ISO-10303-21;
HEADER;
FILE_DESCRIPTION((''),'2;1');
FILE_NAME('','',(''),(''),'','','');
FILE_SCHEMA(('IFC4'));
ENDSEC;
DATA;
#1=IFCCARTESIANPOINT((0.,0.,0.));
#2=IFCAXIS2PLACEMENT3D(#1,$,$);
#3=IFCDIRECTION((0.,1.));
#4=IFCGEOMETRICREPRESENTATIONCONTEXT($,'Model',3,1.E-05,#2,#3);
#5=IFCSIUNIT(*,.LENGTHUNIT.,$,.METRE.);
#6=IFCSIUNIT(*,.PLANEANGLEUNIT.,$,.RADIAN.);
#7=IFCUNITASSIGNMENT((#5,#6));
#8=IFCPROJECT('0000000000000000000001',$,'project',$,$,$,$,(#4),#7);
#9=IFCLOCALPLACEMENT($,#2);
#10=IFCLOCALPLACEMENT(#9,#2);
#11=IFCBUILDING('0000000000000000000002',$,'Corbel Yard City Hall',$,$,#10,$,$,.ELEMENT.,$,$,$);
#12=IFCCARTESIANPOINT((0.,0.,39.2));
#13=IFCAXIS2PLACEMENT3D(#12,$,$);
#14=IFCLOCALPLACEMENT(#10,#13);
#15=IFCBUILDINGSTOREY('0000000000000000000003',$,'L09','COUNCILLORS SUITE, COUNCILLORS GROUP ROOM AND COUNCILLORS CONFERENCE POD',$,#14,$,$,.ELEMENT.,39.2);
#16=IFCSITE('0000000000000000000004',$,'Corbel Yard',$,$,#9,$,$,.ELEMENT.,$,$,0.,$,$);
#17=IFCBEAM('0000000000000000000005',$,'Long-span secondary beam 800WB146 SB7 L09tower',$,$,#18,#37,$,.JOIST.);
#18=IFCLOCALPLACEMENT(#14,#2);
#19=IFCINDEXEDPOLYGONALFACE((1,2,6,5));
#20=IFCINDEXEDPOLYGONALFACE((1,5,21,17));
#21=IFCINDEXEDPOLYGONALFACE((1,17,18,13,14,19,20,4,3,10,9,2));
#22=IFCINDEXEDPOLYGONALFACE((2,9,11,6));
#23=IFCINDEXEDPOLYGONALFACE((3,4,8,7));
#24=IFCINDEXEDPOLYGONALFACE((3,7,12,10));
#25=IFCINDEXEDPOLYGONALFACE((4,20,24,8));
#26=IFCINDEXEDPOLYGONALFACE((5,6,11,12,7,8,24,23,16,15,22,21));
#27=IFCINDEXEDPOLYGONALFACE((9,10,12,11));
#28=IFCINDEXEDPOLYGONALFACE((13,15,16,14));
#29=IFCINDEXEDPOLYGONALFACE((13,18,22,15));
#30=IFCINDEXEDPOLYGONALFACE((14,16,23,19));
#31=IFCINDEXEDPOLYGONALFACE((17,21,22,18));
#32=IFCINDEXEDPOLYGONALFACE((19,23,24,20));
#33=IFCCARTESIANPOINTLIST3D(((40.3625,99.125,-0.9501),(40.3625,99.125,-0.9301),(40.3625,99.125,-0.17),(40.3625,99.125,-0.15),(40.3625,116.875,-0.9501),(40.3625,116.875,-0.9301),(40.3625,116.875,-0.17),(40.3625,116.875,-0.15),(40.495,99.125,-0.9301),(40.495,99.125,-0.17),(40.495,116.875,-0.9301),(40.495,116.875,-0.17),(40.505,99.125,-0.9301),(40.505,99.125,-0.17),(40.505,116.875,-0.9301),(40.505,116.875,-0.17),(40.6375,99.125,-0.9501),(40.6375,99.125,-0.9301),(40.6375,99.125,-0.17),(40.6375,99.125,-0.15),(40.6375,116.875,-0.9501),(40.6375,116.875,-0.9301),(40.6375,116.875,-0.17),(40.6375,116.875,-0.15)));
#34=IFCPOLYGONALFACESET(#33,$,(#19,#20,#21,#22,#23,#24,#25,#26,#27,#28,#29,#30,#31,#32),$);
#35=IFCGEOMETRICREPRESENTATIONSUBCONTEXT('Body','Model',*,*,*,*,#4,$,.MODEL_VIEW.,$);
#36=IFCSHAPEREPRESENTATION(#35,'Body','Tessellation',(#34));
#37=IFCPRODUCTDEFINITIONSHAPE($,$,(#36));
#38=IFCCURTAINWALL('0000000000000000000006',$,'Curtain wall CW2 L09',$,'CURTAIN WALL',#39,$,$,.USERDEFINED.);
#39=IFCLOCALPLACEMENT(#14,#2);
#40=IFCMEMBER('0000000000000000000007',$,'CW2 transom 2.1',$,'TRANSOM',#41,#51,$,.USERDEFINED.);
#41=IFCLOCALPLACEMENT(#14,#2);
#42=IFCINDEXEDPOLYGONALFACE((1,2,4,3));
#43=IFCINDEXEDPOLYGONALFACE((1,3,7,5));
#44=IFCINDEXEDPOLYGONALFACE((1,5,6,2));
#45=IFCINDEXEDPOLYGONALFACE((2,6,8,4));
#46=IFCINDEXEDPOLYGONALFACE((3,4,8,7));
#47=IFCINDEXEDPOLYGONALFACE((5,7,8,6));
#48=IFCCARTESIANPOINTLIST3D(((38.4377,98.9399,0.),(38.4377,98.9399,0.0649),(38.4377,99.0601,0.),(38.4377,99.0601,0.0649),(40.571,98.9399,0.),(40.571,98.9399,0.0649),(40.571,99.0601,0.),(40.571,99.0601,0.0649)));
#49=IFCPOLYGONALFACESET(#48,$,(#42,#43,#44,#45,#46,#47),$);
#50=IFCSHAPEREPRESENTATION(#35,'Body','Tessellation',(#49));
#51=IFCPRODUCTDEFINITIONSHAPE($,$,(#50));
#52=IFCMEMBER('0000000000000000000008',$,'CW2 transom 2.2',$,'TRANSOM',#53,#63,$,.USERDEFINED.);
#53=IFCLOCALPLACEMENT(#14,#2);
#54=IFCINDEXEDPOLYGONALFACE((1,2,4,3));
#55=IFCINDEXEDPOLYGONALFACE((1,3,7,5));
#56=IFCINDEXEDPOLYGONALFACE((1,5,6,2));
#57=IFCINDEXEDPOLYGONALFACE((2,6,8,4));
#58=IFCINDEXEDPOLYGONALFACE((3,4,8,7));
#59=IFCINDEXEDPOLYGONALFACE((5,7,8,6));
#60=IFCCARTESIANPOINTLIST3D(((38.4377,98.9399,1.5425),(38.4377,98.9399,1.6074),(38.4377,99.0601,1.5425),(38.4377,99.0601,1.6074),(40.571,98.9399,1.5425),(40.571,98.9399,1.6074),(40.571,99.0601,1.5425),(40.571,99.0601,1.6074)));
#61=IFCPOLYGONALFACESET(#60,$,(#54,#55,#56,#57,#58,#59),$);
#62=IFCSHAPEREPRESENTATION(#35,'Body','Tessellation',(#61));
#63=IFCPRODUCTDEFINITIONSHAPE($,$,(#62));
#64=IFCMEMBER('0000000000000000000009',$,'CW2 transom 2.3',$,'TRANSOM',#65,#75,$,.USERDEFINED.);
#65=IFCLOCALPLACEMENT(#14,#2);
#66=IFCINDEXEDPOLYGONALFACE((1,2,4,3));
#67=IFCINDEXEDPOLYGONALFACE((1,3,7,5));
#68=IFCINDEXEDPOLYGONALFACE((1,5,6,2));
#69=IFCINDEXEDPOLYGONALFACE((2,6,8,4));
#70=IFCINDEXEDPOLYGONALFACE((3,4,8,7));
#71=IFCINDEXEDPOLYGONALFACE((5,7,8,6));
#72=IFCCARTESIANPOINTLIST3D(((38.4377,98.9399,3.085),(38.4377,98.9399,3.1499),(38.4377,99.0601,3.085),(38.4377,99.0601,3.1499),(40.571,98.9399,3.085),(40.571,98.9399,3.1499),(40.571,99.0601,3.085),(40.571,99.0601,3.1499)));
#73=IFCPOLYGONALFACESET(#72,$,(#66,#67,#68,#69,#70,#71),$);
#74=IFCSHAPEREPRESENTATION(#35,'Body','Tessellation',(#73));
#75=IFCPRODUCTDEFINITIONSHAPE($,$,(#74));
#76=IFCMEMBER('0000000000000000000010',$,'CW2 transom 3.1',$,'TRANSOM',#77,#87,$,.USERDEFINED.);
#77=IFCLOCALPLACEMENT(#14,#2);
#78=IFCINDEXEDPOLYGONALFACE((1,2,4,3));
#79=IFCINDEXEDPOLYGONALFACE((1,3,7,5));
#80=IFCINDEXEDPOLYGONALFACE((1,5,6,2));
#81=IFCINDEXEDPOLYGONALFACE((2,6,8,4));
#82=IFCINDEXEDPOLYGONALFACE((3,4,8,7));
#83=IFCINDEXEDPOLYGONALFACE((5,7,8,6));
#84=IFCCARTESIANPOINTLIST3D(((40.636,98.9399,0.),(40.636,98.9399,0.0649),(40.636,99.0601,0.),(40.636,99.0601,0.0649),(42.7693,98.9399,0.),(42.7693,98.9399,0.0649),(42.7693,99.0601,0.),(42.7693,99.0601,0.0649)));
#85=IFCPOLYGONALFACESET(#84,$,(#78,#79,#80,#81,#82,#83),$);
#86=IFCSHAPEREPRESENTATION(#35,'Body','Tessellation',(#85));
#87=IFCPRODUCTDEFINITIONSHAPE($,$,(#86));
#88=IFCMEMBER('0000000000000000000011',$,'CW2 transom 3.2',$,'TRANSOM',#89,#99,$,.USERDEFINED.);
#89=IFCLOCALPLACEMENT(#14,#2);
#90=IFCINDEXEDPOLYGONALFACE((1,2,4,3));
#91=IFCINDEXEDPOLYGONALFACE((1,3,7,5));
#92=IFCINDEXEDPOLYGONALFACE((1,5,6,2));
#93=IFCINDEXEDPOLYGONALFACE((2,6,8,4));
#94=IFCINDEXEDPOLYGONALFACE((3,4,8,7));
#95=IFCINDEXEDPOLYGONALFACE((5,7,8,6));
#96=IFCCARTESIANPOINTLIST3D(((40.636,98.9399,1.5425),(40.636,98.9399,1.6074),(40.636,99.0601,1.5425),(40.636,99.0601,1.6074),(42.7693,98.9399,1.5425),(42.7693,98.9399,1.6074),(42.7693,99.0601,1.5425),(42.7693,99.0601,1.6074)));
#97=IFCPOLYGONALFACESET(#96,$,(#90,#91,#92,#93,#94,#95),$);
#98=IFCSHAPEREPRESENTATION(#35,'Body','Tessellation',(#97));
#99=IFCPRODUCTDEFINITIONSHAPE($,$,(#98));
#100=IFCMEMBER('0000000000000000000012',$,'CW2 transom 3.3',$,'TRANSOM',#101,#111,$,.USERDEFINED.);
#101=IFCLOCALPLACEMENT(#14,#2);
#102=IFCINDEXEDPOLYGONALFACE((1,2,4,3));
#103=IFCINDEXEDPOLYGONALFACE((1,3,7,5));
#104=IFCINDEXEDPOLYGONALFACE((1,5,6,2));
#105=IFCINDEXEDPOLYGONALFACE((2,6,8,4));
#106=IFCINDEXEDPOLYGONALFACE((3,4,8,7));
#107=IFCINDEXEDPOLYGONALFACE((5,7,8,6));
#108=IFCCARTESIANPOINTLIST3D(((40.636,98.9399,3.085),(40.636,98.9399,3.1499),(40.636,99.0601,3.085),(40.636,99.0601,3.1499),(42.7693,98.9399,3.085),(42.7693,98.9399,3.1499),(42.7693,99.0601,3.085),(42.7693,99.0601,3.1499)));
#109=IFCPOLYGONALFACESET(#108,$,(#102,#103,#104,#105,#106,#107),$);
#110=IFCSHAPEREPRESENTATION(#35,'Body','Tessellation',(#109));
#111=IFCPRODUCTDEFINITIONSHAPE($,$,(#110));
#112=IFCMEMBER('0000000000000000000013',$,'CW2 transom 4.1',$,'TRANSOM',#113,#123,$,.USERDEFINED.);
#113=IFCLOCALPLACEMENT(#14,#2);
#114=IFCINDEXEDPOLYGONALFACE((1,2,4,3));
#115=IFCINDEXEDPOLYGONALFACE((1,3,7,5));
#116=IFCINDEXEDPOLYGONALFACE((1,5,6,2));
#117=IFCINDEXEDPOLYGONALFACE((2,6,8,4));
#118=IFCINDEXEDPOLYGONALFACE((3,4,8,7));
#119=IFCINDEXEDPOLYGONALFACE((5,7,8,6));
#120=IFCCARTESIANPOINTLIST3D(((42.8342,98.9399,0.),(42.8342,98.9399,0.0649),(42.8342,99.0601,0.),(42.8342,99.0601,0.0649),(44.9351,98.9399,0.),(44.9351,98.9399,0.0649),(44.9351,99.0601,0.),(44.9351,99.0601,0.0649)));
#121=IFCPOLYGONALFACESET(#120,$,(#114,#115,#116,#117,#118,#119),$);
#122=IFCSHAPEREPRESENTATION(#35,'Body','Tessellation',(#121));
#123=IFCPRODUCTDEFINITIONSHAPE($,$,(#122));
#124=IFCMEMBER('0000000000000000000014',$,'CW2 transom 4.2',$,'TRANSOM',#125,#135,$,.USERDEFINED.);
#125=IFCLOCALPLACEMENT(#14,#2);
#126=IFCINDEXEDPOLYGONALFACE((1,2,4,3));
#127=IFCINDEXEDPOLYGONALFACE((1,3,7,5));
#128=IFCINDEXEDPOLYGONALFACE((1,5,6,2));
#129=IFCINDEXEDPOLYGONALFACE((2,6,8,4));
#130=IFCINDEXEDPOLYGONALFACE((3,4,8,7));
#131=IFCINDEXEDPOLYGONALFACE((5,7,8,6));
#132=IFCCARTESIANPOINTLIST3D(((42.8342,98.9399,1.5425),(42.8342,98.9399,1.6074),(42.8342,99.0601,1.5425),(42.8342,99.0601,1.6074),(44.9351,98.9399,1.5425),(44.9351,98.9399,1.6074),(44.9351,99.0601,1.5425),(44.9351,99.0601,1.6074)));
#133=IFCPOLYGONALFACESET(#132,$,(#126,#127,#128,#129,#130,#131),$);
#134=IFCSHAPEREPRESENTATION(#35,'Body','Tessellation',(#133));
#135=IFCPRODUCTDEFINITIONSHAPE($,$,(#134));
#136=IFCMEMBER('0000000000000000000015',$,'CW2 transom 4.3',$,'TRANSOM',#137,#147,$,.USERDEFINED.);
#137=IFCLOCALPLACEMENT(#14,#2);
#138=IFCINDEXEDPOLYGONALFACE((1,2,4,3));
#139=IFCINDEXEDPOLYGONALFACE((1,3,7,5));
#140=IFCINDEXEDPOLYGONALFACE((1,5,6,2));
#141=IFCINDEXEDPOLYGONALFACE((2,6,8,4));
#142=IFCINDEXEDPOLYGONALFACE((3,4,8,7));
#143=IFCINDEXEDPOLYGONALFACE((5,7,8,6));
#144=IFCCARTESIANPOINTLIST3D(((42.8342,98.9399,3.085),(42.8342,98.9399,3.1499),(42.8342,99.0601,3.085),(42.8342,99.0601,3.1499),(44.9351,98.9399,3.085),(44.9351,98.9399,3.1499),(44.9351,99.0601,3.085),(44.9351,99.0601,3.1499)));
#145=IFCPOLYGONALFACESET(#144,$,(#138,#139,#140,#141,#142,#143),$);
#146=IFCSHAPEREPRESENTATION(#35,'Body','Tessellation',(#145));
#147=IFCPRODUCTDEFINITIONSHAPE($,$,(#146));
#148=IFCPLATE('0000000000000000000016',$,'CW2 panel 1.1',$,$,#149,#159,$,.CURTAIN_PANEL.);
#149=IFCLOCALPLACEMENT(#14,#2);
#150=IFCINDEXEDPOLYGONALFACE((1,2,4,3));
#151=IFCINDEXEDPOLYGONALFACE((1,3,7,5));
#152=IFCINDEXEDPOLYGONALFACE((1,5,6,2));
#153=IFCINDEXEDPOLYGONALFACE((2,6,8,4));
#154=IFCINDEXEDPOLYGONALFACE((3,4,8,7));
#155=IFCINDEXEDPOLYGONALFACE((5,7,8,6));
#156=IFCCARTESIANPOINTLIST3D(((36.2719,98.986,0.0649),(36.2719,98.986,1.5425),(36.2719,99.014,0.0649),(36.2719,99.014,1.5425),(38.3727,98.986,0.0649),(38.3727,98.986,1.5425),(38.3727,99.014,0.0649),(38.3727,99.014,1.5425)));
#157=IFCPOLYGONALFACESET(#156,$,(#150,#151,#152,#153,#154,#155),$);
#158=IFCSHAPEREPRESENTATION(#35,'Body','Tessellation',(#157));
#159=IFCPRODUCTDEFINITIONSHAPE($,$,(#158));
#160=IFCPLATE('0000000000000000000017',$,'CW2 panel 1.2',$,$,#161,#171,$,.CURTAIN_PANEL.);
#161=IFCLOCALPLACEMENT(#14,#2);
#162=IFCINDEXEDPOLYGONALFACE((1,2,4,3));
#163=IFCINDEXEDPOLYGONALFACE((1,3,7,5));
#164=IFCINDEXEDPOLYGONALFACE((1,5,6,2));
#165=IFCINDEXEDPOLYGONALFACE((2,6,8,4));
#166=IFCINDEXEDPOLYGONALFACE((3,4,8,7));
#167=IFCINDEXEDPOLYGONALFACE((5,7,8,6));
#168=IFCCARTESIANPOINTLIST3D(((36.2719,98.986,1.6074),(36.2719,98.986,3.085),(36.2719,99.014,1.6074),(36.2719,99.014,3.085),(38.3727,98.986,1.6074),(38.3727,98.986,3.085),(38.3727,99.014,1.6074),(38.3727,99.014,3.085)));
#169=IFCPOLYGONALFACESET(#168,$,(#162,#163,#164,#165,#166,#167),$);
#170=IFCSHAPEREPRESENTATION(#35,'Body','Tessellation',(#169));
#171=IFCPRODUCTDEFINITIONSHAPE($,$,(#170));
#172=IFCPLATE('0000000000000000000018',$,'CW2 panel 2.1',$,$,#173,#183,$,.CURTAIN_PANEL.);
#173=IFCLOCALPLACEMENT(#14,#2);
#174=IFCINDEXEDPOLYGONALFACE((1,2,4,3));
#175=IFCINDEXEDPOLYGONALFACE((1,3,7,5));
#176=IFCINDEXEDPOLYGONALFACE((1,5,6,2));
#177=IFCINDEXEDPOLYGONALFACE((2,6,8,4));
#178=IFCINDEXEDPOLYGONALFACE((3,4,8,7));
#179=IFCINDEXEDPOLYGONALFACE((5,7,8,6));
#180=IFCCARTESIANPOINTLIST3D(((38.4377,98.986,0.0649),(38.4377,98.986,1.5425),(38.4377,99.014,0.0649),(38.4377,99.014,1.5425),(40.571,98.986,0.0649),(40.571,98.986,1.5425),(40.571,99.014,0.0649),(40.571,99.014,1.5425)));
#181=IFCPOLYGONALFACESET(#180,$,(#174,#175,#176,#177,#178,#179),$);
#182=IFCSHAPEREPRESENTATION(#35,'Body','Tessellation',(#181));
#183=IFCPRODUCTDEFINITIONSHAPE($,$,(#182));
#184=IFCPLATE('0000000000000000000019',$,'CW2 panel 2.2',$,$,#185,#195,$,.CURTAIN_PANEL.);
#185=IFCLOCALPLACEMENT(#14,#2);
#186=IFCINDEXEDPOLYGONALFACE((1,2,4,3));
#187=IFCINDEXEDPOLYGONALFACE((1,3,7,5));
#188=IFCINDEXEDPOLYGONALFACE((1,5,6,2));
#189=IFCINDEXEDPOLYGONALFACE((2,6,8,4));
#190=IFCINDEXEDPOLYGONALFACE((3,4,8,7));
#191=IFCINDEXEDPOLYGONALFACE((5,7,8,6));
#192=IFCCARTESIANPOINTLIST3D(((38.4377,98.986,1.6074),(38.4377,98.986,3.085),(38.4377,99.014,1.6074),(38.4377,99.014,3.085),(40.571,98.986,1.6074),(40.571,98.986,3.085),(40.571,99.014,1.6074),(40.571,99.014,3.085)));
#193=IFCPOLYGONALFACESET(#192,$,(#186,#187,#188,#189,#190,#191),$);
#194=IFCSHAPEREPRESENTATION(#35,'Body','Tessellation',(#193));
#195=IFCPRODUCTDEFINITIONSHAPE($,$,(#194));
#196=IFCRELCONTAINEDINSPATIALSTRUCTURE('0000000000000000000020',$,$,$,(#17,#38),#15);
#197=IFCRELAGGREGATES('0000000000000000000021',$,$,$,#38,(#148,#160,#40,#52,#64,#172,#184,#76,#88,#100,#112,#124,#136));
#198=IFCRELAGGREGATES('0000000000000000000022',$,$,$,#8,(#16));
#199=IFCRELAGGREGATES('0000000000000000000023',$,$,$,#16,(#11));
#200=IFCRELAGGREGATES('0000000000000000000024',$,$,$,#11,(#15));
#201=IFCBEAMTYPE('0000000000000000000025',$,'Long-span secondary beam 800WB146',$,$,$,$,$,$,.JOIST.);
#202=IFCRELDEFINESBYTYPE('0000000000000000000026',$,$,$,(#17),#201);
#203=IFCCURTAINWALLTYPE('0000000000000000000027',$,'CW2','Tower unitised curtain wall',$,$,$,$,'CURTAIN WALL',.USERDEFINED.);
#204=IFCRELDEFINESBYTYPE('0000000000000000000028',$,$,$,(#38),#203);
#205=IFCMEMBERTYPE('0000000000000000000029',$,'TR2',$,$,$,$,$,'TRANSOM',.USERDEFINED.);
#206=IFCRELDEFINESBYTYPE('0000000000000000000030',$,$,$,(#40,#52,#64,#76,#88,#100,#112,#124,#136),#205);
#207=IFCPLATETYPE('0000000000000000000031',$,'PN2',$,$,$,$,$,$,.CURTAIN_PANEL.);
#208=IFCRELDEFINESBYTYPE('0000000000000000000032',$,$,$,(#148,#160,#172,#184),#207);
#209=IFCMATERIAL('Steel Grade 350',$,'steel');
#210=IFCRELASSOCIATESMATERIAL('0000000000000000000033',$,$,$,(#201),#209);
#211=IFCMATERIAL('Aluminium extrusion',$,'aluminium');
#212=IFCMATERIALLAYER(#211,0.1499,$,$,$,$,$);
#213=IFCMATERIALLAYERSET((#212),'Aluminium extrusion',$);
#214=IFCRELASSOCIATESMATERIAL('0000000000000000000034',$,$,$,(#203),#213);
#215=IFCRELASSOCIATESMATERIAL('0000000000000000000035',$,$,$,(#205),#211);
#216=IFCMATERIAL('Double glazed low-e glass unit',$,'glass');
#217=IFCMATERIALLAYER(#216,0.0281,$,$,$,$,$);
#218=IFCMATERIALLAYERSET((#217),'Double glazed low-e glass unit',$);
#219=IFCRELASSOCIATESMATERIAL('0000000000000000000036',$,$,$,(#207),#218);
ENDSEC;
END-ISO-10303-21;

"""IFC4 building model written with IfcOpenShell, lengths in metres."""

from ifc_helpers import new_model, si_unit, direction, frame, origin, origin_2d, place, context, subcontext, project, spatial, rectangle, i_section, extrude, material, layer, layer_set, material_profile, profile_set, type_object, element, aggregate, save


model = new_model("IFC4")

# Units and contexts
model_context = context("Model", 3, precision=1e-05, world=origin(), true_north=direction((0.0, 1.0)))
body_context = subcontext(model_context, "Body", "Model", "MODEL_VIEW")
ifc_project = project(units=[si_unit("LENGTHUNIT", "METRE"), si_unit("PLANEANGLEUNIT", "RADIAN")], contexts=[model_context])

# Site, building, storey
site_placement = place(None, origin())
site = spatial("IfcSite", under=ifc_project, at=site_placement, Name="Corbel Yard", CompositionType="ELEMENT", RefElevation=0.0)
building_placement = place(site_placement, origin())
building = spatial("IfcBuilding", under=site, at=building_placement, Name="Corbel Yard City Hall", CompositionType="ELEMENT")
storey_placement = place(building_placement, frame((0.0, 0.0, 39.2)))
storey = spatial("IfcBuildingStorey", under=building, at=storey_placement, Name="L09", Description="COUNCILLORS SUITE, COUNCILLORS GROUP ROOM AND COUNCILLORS CONFERENCE POD", CompositionType="ELEMENT", Elevation=39.2)

# Beam
ifc_material_1 = material(Name="Steel Grade 350", Category="steel")
ifc_material_profile_1 = material_profile(ifc_material_1, i_section(OverallWidth=0.2749, OverallDepth=0.8, WebThickness=0.01, FlangeThickness=0.02, at=origin_2d()), Name="800WB146")
ifc_profile_set_1 = profile_set([ifc_material_profile_1], Name="Steel Grade 350")
beam_type = type_object("IfcBeamType", Name="Long-span secondary beam 800WB146", PredefinedType="JOIST", material=ifc_profile_set_1)
beam_placement = place(storey_placement, frame((40.5, 99.125, -0.55), z_axis=(0.0, 1.0, 0.0), x_axis=(-1.0, 0.0, 0.0)))
element("IfcBeam", 1, at=beam_placement, inside=storey, type_object=beam_type, Name="Long-span secondary beam 800WB146 SB7 L09tower", PredefinedType="JOIST", context=body_context, shape_type="SweptSolid", body=[
    extrude(i_section(OverallWidth=0.2749, OverallDepth=0.8, WebThickness=0.01, FlangeThickness=0.02, at=origin_2d()), origin(), (0.0, 0.0, 1.0), 17.75),
])

# Curtain wall, members, plates
ifc_material_2 = material(Name="Aluminium extrusion", Category="aluminium")
ifc_layer_1 = layer(ifc_material_2, 0.1499)
ifc_layer_set_1 = layer_set([ifc_layer_1], Name="Aluminium extrusion")
curtain_wall_type = type_object("IfcCurtainWallType", Name="CW2", Description="Tower unitised curtain wall", ElementType="CURTAIN WALL", PredefinedType="USERDEFINED", material=ifc_layer_set_1)
curtain_wall_placement = place(storey_placement, origin())
curtain_wall = element("IfcCurtainWall", 2, at=curtain_wall_placement, inside=storey, type_object=curtain_wall_type, Name="Curtain wall CW2 L09", ObjectType="CURTAIN WALL", PredefinedType="USERDEFINED")
ifc_material_profile_2 = material_profile(ifc_material_2, rectangle(XDim=0.1201, YDim=0.0649, at=origin_2d()), Name="120x65")
ifc_profile_set_2 = profile_set([ifc_material_profile_2], Name="Aluminium extrusion")
member_type = type_object("IfcMemberType", Name="TR2", ElementType="TRANSOM", PredefinedType="USERDEFINED", material=ifc_profile_set_2)
member_1_placement = place(storey_placement, frame((38.4377, 99.0, 0.0325), z_axis=(1.0, 0.0, 0.0), x_axis=(0.0, 1.0, 0.0)))
member_1 = element("IfcMember", 3, at=member_1_placement, type_object=member_type, Name="CW2 transom 2.1", ObjectType="TRANSOM", PredefinedType="USERDEFINED", context=body_context, shape_type="SweptSolid", body=[
    extrude(rectangle(XDim=0.1201, YDim=0.0649, at=origin_2d()), origin(), (0.0, 0.0, 1.0), 2.1333),
])
member_2_placement = place(storey_placement, frame((38.4377, 99.0, 1.575), z_axis=(1.0, 0.0, 0.0), x_axis=(0.0, 1.0, 0.0)))
member_2 = element("IfcMember", 4, at=member_2_placement, type_object=member_type, Name="CW2 transom 2.2", ObjectType="TRANSOM", PredefinedType="USERDEFINED", context=body_context, shape_type="SweptSolid", body=[
    extrude(rectangle(XDim=0.1201, YDim=0.0649, at=origin_2d()), origin(), (0.0, 0.0, 1.0), 2.1333),
])
member_3_placement = place(storey_placement, frame((38.4377, 99.0, 3.1174), z_axis=(1.0, 0.0, 0.0), x_axis=(0.0, 1.0, 0.0)))
member_3 = element("IfcMember", 5, at=member_3_placement, type_object=member_type, Name="CW2 transom 2.3", ObjectType="TRANSOM", PredefinedType="USERDEFINED", context=body_context, shape_type="SweptSolid", body=[
    extrude(rectangle(XDim=0.1201, YDim=0.0649, at=origin_2d()), origin(), (0.0, 0.0, 1.0), 2.1333),
])
member_4_placement = place(storey_placement, frame((40.636, 99.0, 0.0325), z_axis=(1.0, 0.0, 0.0), x_axis=(0.0, 1.0, 0.0)))
member_4 = element("IfcMember", 6, at=member_4_placement, type_object=member_type, Name="CW2 transom 3.1", ObjectType="TRANSOM", PredefinedType="USERDEFINED", context=body_context, shape_type="SweptSolid", body=[
    extrude(rectangle(XDim=0.1201, YDim=0.0649, at=origin_2d()), origin(), (0.0, 0.0, 1.0), 2.1333),
])
member_5_placement = place(storey_placement, frame((40.636, 99.0, 1.575), z_axis=(1.0, 0.0, 0.0), x_axis=(0.0, 1.0, 0.0)))
member_5 = element("IfcMember", 7, at=member_5_placement, type_object=member_type, Name="CW2 transom 3.2", ObjectType="TRANSOM", PredefinedType="USERDEFINED", context=body_context, shape_type="SweptSolid", body=[
    extrude(rectangle(XDim=0.1201, YDim=0.0649, at=origin_2d()), origin(), (0.0, 0.0, 1.0), 2.1333),
])
member_6_placement = place(storey_placement, frame((40.636, 99.0, 3.1174), z_axis=(1.0, 0.0, 0.0), x_axis=(0.0, 1.0, 0.0)))
member_6 = element("IfcMember", 8, at=member_6_placement, type_object=member_type, Name="CW2 transom 3.3", ObjectType="TRANSOM", PredefinedType="USERDEFINED", context=body_context, shape_type="SweptSolid", body=[
    extrude(rectangle(XDim=0.1201, YDim=0.0649, at=origin_2d()), origin(), (0.0, 0.0, 1.0), 2.1333),
])
member_7_placement = place(storey_placement, frame((42.8342, 99.0, 0.0325), z_axis=(1.0, 0.0, 0.0), x_axis=(0.0, 1.0, 0.0)))
member_7 = element("IfcMember", 9, at=member_7_placement, type_object=member_type, Name="CW2 transom 4.1", ObjectType="TRANSOM", PredefinedType="USERDEFINED", context=body_context, shape_type="SweptSolid", body=[
    extrude(rectangle(XDim=0.1201, YDim=0.0649, at=origin_2d()), origin(), (0.0, 0.0, 1.0), 2.1008),
])
member_8_placement = place(storey_placement, frame((42.8342, 99.0, 1.575), z_axis=(1.0, 0.0, 0.0), x_axis=(0.0, 1.0, 0.0)))
member_8 = element("IfcMember", 10, at=member_8_placement, type_object=member_type, Name="CW2 transom 4.2", ObjectType="TRANSOM", PredefinedType="USERDEFINED", context=body_context, shape_type="SweptSolid", body=[
    extrude(rectangle(XDim=0.1201, YDim=0.0649, at=origin_2d()), origin(), (0.0, 0.0, 1.0), 2.1008),
])
member_9_placement = place(storey_placement, frame((42.8342, 99.0, 3.1174), z_axis=(1.0, 0.0, 0.0), x_axis=(0.0, 1.0, 0.0)))
member_9 = element("IfcMember", 11, at=member_9_placement, type_object=member_type, Name="CW2 transom 4.3", ObjectType="TRANSOM", PredefinedType="USERDEFINED", context=body_context, shape_type="SweptSolid", body=[
    extrude(rectangle(XDim=0.1201, YDim=0.0649, at=origin_2d()), origin(), (0.0, 0.0, 1.0), 2.1008),
])
ifc_material_3 = material(Name="Double glazed low-e glass unit", Category="glass")
ifc_layer_2 = layer(ifc_material_3, 0.0281)
ifc_layer_set_2 = layer_set([ifc_layer_2], Name="Double glazed low-e glass unit")
plate_type = type_object("IfcPlateType", Name="PN2", PredefinedType="CURTAIN_PANEL", material=ifc_layer_set_2)
plate_1_placement = place(storey_placement, frame((37.3223, 99.0, 0.0649), z_axis=(0.0, 0.0, 1.0), x_axis=(1.0, 0.0, 0.0)))
plate_1 = element("IfcPlate", 12, at=plate_1_placement, type_object=plate_type, Name="CW2 panel 1.1", PredefinedType="CURTAIN_PANEL", context=body_context, shape_type="SweptSolid", body=[
    extrude(rectangle(XDim=2.1008, YDim=0.0281, at=origin_2d()), origin(), (0.0, 0.0, 1.0), 1.4775),
])
plate_2_placement = place(storey_placement, frame((37.3223, 99.0, 1.6074), z_axis=(0.0, 0.0, 1.0), x_axis=(1.0, 0.0, 0.0)))
plate_2 = element("IfcPlate", 13, at=plate_2_placement, type_object=plate_type, Name="CW2 panel 1.2", PredefinedType="CURTAIN_PANEL", context=body_context, shape_type="SweptSolid", body=[
    extrude(rectangle(XDim=2.1008, YDim=0.0281, at=origin_2d()), origin(), (0.0, 0.0, 1.0), 1.4775),
])
plate_3_placement = place(storey_placement, frame((39.5044, 99.0, 0.0649), z_axis=(0.0, 0.0, 1.0), x_axis=(1.0, 0.0, 0.0)))
plate_3 = element("IfcPlate", 14, at=plate_3_placement, type_object=plate_type, Name="CW2 panel 2.1", PredefinedType="CURTAIN_PANEL", context=body_context, shape_type="SweptSolid", body=[
    extrude(rectangle(XDim=2.1333, YDim=0.0281, at=origin_2d()), origin(), (0.0, 0.0, 1.0), 1.4775),
])
plate_4_placement = place(storey_placement, frame((39.5044, 99.0, 1.6074), z_axis=(0.0, 0.0, 1.0), x_axis=(1.0, 0.0, 0.0)))
plate_4 = element("IfcPlate", 15, at=plate_4_placement, type_object=plate_type, Name="CW2 panel 2.2", PredefinedType="CURTAIN_PANEL", context=body_context, shape_type="SweptSolid", body=[
    extrude(rectangle(XDim=2.1333, YDim=0.0281, at=origin_2d()), origin(), (0.0, 0.0, 1.0), 1.4775),
])
aggregate(curtain_wall, [plate_1, plate_2, member_1, member_2, member_3, plate_3, plate_4, member_4, member_5, member_6, member_7, member_8, member_9])

save(model, "model.ifc")
